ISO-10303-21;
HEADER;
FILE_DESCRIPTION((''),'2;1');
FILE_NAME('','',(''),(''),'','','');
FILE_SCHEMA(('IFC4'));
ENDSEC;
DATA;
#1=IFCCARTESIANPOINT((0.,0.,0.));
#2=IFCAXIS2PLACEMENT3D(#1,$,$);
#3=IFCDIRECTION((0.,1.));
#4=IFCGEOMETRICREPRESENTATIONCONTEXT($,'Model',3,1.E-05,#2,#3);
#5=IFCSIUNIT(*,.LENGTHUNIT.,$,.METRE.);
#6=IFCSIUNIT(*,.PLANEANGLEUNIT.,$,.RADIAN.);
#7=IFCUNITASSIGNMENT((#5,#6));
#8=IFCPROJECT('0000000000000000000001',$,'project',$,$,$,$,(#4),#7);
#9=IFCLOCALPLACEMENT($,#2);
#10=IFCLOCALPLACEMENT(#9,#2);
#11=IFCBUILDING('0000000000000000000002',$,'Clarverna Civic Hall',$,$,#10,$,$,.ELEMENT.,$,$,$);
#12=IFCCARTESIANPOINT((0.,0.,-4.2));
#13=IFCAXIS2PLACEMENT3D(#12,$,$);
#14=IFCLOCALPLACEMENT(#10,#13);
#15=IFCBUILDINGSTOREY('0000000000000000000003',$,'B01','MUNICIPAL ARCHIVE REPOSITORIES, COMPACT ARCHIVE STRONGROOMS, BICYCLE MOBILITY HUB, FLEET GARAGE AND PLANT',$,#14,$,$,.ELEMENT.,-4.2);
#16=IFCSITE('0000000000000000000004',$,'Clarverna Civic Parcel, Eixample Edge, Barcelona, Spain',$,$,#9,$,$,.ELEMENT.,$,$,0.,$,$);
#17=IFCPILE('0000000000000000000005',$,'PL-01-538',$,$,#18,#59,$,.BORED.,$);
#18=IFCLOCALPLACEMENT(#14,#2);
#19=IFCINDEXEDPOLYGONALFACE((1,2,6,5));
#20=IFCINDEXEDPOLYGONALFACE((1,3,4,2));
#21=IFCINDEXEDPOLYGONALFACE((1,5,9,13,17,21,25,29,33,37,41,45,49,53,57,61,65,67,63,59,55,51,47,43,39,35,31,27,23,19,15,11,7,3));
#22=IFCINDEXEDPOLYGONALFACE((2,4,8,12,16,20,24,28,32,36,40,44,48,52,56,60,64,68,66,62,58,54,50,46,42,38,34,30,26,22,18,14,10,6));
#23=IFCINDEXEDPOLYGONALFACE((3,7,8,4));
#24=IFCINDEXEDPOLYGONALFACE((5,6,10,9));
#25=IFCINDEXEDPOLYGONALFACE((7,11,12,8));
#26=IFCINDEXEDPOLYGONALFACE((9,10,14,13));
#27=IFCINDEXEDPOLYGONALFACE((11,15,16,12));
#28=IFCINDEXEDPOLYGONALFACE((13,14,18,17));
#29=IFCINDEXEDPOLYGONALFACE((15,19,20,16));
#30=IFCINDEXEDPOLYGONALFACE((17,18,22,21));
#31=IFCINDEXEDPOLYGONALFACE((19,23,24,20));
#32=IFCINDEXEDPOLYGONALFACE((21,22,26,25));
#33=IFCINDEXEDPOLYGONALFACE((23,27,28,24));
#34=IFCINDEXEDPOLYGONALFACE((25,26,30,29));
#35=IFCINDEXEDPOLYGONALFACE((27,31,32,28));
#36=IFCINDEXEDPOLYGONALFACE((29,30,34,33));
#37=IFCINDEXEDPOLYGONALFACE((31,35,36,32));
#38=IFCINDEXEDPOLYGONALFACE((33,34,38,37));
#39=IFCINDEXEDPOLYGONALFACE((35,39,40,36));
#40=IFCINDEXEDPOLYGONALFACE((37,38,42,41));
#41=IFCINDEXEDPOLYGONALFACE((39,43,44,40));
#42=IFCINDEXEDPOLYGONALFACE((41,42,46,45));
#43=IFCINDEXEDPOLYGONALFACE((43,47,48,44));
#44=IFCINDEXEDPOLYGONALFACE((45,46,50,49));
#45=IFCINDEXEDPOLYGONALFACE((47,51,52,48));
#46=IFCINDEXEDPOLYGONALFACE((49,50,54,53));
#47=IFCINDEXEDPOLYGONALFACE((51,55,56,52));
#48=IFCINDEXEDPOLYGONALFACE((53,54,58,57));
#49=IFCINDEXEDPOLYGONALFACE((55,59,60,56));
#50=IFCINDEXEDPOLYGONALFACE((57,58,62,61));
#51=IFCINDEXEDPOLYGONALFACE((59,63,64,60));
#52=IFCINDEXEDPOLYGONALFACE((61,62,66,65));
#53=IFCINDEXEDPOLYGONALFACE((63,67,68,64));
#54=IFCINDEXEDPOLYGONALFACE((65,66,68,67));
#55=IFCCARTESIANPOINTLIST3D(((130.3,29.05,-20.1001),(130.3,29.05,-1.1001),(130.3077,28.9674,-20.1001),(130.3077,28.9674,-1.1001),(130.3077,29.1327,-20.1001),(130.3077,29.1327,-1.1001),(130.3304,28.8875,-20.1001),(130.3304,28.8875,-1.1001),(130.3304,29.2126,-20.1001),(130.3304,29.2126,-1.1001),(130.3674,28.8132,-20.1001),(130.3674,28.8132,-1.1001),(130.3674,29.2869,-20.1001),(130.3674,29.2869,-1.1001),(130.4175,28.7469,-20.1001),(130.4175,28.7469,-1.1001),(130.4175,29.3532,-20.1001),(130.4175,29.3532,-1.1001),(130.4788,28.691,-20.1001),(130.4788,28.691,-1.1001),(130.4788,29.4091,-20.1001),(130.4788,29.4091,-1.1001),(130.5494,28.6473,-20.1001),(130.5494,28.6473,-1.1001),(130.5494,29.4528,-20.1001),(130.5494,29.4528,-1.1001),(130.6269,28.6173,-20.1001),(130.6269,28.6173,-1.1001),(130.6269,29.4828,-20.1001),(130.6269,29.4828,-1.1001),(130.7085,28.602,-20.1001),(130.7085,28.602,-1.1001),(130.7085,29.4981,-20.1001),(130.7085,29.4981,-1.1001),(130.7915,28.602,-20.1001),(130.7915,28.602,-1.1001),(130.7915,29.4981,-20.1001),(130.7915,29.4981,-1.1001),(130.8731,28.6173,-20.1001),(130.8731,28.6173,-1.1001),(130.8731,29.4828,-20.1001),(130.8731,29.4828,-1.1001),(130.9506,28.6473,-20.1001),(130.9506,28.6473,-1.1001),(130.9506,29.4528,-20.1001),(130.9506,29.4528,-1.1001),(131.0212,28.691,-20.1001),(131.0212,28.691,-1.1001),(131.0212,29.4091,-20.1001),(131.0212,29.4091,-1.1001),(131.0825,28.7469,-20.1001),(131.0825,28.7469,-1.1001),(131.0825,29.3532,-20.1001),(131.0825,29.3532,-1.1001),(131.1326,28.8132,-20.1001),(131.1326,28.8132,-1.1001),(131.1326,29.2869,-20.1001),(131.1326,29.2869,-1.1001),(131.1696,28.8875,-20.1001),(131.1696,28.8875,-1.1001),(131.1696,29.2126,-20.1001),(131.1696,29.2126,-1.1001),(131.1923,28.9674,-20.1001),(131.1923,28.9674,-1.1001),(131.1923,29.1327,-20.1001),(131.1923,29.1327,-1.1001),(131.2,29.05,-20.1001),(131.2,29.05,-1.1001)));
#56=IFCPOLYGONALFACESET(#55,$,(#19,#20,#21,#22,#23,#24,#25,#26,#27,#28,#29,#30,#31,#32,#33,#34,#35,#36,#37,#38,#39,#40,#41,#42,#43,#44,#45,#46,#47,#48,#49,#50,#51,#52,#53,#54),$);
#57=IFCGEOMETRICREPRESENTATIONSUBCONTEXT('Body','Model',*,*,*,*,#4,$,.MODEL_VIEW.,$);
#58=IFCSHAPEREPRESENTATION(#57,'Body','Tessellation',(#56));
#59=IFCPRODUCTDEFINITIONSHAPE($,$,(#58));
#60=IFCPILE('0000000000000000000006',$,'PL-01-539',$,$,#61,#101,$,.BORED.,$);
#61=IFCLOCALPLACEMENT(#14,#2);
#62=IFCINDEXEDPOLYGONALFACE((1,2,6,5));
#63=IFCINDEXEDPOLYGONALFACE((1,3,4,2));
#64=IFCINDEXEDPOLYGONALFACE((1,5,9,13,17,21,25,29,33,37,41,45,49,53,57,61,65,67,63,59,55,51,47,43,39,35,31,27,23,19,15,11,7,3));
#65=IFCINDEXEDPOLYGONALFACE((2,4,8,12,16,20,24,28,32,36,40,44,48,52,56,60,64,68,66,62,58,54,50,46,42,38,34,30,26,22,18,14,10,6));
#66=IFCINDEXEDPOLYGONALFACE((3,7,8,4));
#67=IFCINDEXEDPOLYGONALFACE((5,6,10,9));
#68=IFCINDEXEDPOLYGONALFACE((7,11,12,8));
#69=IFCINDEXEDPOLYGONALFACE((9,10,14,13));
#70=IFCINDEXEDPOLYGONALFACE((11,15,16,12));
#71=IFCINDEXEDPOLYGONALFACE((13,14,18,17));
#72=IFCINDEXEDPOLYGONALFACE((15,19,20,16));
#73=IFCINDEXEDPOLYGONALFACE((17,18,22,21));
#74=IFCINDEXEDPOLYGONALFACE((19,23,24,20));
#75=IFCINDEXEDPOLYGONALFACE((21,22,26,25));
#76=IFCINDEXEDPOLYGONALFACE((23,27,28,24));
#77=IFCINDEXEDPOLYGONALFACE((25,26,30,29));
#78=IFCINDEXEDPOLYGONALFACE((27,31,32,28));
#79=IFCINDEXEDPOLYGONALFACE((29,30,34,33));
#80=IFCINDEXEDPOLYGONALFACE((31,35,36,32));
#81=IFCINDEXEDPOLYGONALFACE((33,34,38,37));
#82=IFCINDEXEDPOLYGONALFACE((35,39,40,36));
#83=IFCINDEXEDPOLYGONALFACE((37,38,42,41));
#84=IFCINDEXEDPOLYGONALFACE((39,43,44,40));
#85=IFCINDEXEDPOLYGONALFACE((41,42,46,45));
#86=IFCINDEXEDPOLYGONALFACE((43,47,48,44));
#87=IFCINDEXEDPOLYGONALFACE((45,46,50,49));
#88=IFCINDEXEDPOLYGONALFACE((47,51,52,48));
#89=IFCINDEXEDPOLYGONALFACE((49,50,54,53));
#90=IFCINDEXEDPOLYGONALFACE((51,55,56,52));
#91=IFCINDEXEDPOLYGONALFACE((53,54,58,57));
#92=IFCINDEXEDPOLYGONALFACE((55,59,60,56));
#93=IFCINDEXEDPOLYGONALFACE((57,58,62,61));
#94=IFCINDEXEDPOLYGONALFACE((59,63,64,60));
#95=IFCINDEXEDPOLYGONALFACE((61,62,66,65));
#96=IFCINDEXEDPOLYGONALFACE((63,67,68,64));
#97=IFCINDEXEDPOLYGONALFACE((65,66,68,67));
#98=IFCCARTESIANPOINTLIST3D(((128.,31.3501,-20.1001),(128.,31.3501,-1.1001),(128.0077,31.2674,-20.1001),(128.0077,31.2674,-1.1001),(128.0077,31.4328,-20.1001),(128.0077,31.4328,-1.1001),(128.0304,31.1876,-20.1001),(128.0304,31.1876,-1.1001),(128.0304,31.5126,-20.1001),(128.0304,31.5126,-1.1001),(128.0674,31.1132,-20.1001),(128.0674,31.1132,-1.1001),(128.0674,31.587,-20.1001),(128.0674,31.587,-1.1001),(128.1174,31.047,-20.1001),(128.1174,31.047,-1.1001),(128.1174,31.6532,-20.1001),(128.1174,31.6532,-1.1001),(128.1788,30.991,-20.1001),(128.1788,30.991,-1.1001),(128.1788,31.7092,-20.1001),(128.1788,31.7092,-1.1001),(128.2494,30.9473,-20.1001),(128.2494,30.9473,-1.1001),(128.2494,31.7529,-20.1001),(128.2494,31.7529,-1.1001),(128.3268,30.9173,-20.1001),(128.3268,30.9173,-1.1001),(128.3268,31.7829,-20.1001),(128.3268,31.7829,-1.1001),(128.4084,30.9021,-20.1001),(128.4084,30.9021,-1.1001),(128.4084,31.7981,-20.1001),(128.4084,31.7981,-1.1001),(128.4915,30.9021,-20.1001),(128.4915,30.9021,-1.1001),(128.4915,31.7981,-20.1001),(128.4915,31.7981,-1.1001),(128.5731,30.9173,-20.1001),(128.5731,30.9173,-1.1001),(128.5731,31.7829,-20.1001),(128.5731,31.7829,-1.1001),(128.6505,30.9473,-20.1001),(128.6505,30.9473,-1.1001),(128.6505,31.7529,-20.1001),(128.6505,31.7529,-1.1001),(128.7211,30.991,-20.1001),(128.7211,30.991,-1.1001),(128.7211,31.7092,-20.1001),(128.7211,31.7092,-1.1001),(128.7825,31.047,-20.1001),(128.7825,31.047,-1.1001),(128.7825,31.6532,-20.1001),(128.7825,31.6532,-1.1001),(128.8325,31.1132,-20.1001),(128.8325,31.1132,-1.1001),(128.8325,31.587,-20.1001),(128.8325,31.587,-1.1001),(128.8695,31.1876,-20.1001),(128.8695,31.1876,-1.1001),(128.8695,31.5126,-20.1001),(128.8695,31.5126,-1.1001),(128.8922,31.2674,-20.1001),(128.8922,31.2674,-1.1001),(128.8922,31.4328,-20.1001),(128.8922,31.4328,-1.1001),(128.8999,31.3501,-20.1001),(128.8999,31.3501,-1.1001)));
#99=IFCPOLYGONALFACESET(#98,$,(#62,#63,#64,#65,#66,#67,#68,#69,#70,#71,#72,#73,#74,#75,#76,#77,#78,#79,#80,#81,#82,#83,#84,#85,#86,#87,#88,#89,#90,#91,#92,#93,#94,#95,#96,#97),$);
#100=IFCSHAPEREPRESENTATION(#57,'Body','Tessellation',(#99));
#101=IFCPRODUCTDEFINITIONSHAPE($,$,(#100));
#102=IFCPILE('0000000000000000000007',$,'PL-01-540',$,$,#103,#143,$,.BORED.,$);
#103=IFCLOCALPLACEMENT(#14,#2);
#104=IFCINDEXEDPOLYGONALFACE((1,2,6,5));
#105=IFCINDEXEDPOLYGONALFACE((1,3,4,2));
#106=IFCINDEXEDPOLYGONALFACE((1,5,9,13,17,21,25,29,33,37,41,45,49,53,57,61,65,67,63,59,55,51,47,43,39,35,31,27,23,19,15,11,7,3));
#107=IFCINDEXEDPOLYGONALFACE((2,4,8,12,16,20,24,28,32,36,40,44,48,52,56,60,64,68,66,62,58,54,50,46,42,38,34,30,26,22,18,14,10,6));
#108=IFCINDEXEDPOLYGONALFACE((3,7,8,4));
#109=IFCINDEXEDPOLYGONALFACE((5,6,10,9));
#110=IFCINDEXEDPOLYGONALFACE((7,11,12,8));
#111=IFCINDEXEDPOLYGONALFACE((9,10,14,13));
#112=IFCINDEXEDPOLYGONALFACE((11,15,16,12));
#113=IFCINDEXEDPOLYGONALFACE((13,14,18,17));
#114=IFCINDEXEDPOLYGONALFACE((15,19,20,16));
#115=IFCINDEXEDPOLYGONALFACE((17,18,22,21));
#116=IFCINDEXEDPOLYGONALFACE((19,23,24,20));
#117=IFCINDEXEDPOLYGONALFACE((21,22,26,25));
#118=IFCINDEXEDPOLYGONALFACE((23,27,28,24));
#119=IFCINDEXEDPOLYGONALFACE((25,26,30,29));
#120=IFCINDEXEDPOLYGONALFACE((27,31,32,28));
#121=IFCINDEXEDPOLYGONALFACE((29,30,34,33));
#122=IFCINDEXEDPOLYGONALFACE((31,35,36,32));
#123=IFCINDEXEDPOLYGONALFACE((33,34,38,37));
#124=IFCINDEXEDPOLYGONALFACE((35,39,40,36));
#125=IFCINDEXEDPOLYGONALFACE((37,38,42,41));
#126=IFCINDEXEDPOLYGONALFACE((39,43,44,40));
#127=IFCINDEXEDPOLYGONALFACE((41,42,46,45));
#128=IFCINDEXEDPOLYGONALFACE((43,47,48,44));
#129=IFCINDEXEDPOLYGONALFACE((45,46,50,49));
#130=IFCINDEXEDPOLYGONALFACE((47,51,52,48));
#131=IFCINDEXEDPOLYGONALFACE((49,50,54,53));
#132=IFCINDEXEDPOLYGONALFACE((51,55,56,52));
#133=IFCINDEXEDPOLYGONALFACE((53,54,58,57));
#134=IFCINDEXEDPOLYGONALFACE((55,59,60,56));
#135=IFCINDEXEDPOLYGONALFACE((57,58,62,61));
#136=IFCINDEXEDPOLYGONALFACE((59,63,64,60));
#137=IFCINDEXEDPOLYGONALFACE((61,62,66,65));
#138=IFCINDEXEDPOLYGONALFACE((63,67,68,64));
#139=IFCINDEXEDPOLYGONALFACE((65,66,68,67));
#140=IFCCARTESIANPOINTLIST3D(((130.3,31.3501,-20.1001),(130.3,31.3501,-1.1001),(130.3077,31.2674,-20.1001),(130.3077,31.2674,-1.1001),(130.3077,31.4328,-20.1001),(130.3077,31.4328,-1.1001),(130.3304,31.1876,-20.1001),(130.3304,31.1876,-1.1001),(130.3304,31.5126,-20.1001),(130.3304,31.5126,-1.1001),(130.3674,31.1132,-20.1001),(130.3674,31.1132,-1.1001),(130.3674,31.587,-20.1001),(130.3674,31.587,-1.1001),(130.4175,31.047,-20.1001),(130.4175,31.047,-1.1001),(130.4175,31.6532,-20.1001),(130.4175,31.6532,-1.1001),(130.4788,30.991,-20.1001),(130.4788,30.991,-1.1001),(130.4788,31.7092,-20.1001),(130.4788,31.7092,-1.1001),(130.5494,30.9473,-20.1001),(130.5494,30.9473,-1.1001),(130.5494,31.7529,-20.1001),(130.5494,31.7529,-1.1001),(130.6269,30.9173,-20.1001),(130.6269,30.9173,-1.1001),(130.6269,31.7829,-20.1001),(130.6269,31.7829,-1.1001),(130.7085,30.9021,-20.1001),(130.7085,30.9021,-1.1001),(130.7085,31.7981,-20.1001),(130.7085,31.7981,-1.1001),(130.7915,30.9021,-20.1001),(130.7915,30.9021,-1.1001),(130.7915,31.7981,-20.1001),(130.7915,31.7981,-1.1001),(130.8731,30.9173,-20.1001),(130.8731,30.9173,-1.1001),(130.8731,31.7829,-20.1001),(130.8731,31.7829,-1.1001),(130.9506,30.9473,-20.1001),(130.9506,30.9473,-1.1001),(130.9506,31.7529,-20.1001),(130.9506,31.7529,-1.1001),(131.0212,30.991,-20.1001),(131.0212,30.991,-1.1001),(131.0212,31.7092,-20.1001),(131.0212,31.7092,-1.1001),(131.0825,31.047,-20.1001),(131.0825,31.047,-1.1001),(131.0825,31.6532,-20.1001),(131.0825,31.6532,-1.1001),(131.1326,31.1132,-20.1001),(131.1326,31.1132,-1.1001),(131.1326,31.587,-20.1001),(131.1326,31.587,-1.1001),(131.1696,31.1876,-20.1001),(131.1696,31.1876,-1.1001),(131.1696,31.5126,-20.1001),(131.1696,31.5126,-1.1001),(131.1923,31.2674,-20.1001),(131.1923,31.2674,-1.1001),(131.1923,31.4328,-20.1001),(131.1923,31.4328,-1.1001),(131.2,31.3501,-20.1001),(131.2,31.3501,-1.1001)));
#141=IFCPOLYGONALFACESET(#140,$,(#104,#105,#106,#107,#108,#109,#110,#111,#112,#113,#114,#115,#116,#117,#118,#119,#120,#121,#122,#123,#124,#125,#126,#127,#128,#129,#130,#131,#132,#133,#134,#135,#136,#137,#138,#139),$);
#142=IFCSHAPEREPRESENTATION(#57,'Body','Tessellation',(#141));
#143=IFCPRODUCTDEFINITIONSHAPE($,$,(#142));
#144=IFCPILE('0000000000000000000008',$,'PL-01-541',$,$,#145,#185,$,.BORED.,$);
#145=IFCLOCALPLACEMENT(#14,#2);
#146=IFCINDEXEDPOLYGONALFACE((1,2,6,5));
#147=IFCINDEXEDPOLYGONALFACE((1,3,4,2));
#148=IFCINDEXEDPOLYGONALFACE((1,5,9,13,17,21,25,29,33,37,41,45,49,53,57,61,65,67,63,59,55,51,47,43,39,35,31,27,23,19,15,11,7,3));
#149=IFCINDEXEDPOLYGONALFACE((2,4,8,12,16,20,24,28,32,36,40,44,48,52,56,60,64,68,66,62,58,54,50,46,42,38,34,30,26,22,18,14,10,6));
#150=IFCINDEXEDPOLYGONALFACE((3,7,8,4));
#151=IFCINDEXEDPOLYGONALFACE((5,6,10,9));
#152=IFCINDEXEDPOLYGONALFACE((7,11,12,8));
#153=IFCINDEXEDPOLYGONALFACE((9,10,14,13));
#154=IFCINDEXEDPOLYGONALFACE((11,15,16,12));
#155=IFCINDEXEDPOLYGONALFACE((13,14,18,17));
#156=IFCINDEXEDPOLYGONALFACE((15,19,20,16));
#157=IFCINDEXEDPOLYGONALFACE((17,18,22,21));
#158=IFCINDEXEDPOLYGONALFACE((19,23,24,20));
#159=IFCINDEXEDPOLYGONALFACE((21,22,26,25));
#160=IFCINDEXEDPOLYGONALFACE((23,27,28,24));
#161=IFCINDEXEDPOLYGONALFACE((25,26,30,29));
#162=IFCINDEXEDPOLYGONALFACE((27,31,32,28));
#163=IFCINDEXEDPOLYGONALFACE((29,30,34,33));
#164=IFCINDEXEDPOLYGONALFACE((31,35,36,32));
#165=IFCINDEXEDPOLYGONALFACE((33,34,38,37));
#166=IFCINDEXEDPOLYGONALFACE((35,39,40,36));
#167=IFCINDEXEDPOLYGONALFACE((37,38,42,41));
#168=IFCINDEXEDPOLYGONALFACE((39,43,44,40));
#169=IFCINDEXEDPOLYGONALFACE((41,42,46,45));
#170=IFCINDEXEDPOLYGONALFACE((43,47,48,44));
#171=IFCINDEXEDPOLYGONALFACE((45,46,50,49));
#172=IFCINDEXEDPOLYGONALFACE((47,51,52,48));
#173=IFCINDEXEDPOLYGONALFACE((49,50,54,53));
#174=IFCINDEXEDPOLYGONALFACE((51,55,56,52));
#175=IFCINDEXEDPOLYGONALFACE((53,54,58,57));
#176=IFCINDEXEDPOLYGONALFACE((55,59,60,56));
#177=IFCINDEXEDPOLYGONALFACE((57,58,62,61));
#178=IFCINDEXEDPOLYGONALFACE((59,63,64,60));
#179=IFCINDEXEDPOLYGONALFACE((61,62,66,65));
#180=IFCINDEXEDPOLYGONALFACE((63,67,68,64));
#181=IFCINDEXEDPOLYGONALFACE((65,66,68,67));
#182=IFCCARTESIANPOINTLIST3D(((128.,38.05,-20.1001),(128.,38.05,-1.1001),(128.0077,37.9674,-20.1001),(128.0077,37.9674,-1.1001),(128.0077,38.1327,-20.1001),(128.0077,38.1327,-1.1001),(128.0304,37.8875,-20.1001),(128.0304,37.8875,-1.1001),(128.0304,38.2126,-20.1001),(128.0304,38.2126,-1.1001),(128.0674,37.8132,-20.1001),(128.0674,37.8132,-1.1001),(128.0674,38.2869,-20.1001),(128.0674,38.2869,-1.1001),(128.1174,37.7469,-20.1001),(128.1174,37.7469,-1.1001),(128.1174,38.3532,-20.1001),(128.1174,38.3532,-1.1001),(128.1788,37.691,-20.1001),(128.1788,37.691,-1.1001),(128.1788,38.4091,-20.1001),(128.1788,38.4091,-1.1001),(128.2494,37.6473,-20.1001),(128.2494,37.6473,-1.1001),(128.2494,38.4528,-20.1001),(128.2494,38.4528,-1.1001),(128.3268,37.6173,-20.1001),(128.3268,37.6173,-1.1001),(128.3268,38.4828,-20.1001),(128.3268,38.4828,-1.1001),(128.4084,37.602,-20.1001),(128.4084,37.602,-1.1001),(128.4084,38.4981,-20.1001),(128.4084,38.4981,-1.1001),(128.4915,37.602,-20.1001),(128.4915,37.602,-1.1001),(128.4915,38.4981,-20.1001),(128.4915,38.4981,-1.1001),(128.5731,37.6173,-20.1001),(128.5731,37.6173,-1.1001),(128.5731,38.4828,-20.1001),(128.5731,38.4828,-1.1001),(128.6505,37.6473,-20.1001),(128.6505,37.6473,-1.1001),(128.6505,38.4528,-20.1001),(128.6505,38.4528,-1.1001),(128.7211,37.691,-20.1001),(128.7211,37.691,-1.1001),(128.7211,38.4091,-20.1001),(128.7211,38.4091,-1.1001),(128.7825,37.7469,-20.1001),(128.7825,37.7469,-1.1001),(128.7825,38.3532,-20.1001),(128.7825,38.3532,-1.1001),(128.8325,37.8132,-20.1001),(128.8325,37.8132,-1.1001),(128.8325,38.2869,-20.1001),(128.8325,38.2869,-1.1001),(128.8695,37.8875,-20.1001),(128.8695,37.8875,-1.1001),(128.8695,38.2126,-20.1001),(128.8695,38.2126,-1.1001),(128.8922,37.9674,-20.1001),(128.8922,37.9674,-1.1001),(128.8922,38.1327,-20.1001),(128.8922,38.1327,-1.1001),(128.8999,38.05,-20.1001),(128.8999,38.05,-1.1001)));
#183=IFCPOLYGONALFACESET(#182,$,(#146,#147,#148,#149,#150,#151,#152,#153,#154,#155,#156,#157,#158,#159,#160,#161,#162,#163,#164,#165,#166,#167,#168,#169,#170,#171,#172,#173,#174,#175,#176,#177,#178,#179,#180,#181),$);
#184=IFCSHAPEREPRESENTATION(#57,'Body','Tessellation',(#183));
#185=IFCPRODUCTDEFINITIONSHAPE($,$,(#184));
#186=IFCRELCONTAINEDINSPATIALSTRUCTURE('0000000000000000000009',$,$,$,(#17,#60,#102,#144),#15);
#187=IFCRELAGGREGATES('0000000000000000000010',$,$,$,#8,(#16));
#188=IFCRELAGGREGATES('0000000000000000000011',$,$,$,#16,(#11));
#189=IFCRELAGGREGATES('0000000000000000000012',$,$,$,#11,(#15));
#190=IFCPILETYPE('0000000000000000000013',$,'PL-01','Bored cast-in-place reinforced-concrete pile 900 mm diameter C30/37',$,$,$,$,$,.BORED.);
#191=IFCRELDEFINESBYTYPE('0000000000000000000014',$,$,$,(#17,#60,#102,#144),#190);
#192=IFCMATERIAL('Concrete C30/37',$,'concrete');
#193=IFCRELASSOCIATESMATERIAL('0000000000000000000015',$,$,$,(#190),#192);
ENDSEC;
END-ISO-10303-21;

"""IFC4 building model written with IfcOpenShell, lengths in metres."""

from ifc_helpers import new_model, si_unit, direction, frame, origin, origin_2d, place, context, subcontext, project, spatial, circle, extrude, material, material_profile, profile_set, type_object, element, save


model = new_model("IFC4")

# Units and contexts
model_context = context("Model", 3, precision=1e-05, world=origin(), true_north=direction((0.0, 1.0)))
body_context = subcontext(model_context, "Body", "Model", "MODEL_VIEW")
ifc_project = project(units=[si_unit("LENGTHUNIT", "METRE"), si_unit("PLANEANGLEUNIT", "RADIAN")], contexts=[model_context])

# Site, building, storey
site_placement = place(None, origin())
site = spatial("IfcSite", under=ifc_project, at=site_placement, Name="Clarverna Civic Parcel, Eixample Edge, Barcelona, Spain", CompositionType="ELEMENT", RefElevation=0.0)
building_placement = place(site_placement, origin())
building = spatial("IfcBuilding", under=site, at=building_placement, Name="Clarverna Civic Hall", CompositionType="ELEMENT")
storey_placement = place(building_placement, frame((0.0, 0.0, -4.2)))
storey = spatial("IfcBuildingStorey", under=building, at=storey_placement, Name="B01", Description="MUNICIPAL ARCHIVE REPOSITORIES, COMPACT ARCHIVE STRONGROOMS, BICYCLE MOBILITY HUB, FLEET GARAGE AND PLANT", CompositionType="ELEMENT", Elevation=-4.2)

# Shared definitions
ifc_material_1 = material(Name="Concrete C30/37", Category="concrete")

# Piles
ifc_material_profile_1 = material_profile(ifc_material_1, circle(Radius=0.45, at=origin_2d()), Name="BORED PILE D900")
ifc_profile_set_1 = profile_set([ifc_material_profile_1], Name="Concrete C30/37")
pile_type = type_object("IfcPileType", Name="PL-01", Description="Bored cast-in-place reinforced-concrete pile 900 mm diameter C30/37", PredefinedType="BORED", material=ifc_profile_set_1)
for number, where, z_axis, x_axis, name in (
    (1, (130.75, 29.05, -1.1001), (0.0, 0.0, -1.0), (1.0, 0.0, 0.0), "PL-01-538"),
    (2, (128.45, 31.3501, -1.1001), (0.0, 0.0, -1.0), (1.0, 0.0, 0.0), "PL-01-539"),
    (3, (130.75, 31.3501, -1.1001), (0.0, 0.0, -1.0), (1.0, 0.0, 0.0), "PL-01-540"),
    (4, (128.45, 38.05, -1.1001), (0.0, 0.0, -1.0), (1.0, 0.0, 0.0), "PL-01-541"),
):
    element("IfcPile", number, at=place(storey_placement, frame(where, z_axis=z_axis, x_axis=x_axis)), inside=storey, type_object=pile_type, Name=name, PredefinedType="BORED", context=body_context, shape_type="SweptSolid", body=[
        extrude(circle(Radius=0.45, at=origin_2d()), origin(), (0.0, 0.0, 1.0), 19.0),
    ])

save(model, "model.ifc")
